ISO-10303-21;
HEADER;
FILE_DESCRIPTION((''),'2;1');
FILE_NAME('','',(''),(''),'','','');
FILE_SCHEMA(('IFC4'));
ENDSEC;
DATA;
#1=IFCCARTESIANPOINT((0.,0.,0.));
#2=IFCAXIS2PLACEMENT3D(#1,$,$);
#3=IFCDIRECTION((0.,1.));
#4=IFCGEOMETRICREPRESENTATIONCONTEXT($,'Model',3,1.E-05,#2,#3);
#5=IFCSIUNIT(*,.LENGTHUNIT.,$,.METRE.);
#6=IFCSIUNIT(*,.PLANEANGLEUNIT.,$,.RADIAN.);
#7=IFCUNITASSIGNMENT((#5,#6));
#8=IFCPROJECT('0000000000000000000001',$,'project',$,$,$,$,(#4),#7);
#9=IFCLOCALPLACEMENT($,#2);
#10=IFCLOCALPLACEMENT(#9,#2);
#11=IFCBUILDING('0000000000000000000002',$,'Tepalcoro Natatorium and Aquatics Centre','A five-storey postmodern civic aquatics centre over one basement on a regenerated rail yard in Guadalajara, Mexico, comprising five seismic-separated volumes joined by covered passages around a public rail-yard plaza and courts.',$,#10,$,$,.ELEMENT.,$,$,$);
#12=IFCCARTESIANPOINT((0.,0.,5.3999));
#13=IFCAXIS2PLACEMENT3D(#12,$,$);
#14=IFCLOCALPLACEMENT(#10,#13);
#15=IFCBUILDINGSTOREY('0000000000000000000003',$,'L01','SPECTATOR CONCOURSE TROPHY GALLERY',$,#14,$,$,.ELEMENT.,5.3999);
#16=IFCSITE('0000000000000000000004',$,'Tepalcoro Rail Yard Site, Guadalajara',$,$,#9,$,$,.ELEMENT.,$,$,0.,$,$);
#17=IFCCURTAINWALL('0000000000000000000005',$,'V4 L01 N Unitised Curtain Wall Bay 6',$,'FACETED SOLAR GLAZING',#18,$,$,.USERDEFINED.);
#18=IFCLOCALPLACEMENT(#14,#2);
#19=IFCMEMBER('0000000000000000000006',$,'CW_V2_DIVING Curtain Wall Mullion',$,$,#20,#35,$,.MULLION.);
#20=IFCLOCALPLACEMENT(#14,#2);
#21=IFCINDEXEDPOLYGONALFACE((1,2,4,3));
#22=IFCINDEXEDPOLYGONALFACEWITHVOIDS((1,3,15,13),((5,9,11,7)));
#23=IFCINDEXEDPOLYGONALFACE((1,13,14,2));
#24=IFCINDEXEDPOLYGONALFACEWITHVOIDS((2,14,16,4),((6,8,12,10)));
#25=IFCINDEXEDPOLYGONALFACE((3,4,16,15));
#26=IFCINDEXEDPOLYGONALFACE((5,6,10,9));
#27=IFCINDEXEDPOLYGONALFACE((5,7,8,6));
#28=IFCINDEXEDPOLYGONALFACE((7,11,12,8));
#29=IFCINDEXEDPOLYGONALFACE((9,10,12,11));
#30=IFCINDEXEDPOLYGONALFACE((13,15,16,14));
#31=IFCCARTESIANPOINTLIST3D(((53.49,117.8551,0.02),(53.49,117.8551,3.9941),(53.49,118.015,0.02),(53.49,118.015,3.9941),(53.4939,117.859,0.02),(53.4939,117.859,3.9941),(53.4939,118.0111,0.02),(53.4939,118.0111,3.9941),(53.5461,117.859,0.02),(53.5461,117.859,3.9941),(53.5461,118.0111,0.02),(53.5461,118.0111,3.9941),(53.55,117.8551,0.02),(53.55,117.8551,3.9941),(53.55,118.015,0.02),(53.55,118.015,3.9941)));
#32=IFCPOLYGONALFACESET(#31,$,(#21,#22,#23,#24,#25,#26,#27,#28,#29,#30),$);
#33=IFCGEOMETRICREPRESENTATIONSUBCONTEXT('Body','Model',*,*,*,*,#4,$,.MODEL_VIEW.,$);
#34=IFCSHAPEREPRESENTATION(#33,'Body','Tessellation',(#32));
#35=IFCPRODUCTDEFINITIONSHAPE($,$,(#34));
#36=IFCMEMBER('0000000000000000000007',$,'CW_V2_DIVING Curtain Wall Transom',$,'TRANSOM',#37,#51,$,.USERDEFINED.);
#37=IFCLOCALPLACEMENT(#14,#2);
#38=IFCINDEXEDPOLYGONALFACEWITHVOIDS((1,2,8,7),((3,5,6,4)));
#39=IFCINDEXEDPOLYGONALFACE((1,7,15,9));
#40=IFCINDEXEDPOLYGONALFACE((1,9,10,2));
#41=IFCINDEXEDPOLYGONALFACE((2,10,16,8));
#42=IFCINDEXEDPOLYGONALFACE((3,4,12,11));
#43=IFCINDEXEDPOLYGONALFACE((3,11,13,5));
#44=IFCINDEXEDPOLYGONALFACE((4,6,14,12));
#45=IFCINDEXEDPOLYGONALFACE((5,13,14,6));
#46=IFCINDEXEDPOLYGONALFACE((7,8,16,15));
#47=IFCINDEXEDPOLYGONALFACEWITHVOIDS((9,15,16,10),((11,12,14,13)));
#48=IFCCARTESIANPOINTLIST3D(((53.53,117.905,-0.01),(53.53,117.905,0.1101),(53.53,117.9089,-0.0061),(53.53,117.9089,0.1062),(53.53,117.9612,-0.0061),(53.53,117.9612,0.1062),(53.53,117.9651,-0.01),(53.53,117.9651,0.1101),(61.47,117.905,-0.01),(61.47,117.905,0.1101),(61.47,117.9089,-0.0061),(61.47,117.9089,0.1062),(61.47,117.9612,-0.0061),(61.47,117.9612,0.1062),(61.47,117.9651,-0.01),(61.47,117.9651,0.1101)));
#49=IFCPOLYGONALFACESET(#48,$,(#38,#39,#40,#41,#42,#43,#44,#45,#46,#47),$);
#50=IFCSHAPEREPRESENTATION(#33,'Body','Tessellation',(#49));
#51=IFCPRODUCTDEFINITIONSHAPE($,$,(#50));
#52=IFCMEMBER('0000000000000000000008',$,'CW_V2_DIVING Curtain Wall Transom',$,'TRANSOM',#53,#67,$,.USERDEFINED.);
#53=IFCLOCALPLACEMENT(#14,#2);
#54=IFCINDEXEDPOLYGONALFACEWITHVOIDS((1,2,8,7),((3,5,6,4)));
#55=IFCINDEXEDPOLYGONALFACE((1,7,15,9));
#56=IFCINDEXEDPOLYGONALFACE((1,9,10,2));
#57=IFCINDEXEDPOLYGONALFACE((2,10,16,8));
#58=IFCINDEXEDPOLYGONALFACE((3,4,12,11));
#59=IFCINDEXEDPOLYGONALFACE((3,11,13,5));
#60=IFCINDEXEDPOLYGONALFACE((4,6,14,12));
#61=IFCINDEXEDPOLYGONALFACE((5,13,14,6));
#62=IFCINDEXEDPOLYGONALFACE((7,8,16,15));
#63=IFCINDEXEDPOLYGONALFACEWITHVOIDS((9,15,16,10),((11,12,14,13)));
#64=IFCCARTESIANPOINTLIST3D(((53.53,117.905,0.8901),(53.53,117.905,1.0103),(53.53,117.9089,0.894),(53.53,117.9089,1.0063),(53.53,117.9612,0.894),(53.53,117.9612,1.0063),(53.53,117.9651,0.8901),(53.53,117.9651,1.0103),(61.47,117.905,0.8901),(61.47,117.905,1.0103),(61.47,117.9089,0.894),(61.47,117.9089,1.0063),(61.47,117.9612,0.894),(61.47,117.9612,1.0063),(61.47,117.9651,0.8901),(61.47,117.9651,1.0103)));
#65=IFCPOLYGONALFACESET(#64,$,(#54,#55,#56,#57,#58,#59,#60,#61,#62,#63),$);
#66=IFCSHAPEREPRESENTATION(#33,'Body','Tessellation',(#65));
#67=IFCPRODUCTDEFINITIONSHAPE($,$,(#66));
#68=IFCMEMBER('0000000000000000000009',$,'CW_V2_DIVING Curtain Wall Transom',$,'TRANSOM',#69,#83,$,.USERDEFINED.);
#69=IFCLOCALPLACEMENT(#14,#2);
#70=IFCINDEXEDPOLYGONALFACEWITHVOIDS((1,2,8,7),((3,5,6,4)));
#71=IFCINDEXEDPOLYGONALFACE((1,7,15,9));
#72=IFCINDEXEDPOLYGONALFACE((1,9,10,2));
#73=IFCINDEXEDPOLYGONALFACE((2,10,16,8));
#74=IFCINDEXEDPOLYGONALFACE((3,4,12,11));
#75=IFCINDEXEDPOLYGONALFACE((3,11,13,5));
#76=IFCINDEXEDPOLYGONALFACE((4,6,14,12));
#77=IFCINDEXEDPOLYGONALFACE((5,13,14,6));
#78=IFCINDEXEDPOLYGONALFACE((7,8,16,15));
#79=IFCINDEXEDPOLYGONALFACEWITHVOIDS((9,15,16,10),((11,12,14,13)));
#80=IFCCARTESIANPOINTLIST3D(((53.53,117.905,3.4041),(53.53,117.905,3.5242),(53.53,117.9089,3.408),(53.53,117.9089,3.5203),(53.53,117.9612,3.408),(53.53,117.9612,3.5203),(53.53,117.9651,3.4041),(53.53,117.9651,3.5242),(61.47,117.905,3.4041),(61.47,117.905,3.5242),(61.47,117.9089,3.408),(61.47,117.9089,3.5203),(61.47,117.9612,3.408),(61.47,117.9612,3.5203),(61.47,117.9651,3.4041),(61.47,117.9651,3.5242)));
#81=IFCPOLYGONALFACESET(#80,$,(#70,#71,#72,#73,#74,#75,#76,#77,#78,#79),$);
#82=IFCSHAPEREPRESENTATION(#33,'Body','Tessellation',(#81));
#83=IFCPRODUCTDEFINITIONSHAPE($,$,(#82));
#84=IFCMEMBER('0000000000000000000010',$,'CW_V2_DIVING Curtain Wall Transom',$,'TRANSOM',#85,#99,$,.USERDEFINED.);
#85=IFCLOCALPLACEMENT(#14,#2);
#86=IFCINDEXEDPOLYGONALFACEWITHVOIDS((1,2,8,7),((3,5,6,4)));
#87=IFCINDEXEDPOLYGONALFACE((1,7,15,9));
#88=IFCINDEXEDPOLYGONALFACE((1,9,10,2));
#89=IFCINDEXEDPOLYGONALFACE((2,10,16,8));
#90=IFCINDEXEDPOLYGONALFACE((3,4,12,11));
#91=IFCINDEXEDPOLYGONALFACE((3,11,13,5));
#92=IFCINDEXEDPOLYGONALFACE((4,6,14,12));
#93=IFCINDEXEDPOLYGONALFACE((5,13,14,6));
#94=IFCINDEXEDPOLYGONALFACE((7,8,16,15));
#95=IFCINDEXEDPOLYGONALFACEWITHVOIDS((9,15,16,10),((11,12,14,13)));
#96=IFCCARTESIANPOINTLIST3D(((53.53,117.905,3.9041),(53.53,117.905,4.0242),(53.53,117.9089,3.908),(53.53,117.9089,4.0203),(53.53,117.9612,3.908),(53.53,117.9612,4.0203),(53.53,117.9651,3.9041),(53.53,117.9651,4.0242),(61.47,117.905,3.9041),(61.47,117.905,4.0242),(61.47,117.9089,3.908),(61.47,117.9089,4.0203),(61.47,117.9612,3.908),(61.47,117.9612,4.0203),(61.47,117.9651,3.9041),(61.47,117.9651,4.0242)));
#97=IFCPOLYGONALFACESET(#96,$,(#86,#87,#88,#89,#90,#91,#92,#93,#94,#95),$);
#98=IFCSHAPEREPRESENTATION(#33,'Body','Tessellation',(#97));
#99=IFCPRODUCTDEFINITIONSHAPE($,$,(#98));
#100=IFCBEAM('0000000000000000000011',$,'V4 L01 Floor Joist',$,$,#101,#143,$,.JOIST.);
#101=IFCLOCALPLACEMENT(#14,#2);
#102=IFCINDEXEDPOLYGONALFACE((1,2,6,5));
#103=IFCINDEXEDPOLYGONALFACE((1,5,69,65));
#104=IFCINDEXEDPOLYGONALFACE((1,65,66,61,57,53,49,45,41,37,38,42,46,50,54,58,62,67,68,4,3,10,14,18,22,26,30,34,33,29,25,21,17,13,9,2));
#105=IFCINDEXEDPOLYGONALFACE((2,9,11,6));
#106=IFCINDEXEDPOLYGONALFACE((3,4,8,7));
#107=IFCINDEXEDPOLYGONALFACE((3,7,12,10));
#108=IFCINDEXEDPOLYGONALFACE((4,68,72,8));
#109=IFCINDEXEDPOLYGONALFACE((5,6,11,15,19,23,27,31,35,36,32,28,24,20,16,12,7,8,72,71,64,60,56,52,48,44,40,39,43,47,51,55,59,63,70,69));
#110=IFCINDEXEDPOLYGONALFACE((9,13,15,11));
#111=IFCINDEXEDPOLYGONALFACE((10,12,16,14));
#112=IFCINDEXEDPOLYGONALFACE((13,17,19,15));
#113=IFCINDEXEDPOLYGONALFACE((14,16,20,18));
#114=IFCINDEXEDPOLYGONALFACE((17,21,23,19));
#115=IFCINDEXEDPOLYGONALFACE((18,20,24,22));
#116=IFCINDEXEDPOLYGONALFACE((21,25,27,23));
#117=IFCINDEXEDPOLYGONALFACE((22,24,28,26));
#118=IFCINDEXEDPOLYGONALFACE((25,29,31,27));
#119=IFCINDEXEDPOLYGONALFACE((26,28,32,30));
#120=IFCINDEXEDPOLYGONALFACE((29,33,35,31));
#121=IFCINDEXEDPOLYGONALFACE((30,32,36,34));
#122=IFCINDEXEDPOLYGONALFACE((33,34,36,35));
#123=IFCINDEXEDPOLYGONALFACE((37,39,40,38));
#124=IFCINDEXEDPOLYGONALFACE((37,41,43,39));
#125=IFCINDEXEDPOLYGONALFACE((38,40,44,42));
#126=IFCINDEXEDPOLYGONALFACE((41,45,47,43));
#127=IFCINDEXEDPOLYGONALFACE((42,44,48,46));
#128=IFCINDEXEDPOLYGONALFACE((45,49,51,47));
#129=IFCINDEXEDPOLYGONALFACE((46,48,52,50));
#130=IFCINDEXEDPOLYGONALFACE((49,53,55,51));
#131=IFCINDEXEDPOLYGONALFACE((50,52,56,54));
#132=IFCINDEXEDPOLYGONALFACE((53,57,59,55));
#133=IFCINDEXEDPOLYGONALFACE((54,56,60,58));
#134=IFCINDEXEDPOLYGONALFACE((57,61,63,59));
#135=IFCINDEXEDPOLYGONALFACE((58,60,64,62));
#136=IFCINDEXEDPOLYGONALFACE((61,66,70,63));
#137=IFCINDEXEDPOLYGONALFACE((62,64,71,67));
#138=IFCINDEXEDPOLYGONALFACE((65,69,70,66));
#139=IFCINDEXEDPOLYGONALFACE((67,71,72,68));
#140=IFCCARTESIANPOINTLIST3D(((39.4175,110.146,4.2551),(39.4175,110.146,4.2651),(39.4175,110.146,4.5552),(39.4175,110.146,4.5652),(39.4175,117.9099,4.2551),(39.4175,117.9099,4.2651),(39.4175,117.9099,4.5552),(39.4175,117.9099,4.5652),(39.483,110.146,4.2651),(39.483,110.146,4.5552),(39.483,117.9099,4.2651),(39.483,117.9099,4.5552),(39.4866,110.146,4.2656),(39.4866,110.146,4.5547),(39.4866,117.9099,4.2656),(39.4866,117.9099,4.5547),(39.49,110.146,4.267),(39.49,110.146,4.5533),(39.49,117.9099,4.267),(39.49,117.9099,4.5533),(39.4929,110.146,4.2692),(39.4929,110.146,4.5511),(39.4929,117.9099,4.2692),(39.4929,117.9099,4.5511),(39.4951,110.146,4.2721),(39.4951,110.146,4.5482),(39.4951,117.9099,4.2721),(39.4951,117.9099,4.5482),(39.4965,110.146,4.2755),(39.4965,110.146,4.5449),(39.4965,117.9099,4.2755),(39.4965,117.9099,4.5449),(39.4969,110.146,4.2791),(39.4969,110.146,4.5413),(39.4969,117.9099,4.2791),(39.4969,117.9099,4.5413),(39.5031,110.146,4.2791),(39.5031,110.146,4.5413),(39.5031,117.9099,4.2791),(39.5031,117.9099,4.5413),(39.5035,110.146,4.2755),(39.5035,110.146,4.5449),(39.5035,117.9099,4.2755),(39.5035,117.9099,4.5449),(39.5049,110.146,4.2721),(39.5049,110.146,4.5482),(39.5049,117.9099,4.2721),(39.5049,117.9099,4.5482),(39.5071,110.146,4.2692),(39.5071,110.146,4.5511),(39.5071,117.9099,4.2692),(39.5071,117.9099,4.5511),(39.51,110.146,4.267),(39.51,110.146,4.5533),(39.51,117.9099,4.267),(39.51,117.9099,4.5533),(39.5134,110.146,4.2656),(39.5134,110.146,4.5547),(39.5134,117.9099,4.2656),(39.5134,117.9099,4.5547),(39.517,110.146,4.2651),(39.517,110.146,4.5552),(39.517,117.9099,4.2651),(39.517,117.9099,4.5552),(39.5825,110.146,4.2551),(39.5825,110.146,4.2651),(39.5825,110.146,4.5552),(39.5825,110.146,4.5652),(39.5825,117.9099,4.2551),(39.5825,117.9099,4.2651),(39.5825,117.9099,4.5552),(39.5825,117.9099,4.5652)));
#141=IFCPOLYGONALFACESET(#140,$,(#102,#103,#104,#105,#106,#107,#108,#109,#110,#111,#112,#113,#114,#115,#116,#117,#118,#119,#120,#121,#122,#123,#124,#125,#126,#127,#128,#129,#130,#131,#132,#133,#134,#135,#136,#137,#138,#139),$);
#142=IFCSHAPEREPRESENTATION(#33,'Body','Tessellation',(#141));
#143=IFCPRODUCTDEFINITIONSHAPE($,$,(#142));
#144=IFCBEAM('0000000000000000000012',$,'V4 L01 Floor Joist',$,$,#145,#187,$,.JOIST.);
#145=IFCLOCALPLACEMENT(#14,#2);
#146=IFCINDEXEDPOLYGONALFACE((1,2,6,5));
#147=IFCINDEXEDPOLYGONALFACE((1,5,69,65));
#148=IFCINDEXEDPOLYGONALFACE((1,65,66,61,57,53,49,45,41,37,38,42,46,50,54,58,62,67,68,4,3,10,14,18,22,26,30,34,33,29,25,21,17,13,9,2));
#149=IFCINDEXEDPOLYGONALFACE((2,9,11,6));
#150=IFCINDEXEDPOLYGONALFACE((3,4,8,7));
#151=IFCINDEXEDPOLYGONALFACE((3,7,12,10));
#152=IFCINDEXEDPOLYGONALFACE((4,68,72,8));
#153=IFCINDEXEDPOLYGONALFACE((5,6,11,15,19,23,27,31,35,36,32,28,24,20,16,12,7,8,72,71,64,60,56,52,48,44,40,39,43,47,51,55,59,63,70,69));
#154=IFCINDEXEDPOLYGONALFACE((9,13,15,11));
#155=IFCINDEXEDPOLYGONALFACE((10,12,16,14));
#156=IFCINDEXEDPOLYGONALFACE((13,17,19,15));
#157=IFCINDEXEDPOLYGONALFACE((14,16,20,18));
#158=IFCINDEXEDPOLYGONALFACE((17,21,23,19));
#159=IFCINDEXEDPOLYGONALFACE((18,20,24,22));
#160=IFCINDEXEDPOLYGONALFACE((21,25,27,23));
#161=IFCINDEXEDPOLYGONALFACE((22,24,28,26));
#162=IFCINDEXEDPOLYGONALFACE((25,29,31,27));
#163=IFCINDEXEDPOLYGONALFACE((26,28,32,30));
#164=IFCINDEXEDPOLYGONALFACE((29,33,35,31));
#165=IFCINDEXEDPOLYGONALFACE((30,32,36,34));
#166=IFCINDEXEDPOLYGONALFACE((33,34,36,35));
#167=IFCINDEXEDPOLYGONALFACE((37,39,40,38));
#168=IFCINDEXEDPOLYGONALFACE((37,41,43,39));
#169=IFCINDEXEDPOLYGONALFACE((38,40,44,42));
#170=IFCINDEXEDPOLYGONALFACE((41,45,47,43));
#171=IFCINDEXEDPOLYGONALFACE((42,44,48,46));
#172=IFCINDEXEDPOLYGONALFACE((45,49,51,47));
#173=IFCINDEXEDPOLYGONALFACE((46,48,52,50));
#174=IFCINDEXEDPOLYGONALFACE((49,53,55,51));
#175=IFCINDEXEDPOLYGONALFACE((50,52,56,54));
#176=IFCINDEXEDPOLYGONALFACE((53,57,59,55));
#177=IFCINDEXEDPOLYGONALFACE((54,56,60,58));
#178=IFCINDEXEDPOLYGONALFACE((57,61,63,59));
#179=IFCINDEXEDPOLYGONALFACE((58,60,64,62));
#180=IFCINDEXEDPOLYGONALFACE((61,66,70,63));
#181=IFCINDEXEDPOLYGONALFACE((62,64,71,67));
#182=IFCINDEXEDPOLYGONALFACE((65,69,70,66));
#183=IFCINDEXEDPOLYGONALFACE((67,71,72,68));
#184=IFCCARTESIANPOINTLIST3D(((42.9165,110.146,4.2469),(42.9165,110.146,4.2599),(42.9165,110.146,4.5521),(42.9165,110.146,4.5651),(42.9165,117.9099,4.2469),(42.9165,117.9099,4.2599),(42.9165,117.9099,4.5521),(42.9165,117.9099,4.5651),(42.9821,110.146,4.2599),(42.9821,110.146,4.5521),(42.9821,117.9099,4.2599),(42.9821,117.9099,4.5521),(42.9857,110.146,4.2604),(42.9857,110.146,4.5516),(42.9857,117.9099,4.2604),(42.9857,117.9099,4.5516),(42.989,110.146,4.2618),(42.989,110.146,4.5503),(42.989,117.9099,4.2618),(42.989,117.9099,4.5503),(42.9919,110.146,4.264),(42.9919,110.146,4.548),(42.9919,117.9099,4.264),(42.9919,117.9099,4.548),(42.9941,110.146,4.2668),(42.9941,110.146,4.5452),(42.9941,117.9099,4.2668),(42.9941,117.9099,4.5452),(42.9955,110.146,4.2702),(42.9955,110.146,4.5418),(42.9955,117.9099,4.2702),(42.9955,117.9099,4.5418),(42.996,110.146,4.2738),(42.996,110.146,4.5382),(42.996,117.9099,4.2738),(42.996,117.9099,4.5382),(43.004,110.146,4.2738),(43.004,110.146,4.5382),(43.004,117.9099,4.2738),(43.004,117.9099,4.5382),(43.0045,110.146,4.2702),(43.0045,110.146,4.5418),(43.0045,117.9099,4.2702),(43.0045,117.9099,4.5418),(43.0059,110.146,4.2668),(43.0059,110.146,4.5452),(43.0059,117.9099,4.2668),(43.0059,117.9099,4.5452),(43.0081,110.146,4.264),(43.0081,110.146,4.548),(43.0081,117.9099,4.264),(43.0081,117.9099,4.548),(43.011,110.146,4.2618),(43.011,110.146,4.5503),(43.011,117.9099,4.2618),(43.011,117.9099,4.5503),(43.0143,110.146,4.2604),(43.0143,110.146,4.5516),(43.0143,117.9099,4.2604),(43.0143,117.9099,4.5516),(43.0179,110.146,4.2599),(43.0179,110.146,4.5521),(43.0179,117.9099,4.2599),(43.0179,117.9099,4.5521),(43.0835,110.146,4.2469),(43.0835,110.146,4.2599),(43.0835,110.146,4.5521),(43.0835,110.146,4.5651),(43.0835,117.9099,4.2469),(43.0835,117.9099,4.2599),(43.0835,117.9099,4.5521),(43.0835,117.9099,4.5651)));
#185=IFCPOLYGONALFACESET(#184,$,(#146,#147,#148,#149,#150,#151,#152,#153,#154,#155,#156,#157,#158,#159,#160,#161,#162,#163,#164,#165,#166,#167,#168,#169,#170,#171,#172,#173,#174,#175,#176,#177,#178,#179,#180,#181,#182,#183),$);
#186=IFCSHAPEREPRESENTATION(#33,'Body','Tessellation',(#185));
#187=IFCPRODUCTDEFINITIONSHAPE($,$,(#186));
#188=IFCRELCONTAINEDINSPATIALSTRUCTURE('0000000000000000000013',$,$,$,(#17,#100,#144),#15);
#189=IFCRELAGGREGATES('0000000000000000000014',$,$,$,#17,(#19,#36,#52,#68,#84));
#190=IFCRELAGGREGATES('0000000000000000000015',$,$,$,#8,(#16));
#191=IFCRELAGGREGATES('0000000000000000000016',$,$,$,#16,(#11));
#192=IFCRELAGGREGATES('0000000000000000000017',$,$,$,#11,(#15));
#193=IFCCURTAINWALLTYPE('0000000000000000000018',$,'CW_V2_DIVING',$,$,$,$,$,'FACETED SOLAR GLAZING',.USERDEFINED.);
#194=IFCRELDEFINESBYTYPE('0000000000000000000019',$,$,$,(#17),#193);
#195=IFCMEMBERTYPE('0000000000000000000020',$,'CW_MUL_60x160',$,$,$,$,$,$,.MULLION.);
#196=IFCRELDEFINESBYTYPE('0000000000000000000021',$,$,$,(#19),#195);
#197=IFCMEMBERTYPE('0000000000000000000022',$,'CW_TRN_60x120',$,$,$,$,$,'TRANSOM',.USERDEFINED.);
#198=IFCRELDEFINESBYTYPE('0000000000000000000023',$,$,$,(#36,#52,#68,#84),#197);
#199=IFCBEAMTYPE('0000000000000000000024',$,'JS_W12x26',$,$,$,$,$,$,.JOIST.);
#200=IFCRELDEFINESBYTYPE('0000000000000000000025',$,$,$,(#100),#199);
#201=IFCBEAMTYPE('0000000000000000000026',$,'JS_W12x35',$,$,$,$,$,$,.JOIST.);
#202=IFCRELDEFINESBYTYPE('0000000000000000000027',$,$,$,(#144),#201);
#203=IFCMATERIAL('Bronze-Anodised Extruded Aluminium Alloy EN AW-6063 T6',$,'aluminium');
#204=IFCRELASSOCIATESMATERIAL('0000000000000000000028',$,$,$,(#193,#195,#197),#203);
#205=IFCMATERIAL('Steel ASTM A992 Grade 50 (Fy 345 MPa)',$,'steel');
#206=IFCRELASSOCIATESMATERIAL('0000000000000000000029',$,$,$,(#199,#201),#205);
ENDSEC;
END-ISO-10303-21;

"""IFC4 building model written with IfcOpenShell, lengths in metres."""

from ifc_helpers import new_model, si_unit, direction, frame, origin, origin_2d, place, context, subcontext, project, spatial, hollow_rectangle, i_section, extrude, material, material_profile, profile_set, type_object, element, aggregate, save


model = new_model("IFC4")

# Units and contexts
model_context = context("Model", 3, precision=1e-05, world=origin(), true_north=direction((0.0, 1.0)))
body_context = subcontext(model_context, "Body", "Model", "MODEL_VIEW")
ifc_project = project(units=[si_unit("LENGTHUNIT", "METRE"), si_unit("PLANEANGLEUNIT", "RADIAN")], contexts=[model_context])

# Site, building, storey
site_placement = place(None, origin())
site = spatial("IfcSite", under=ifc_project, at=site_placement, Name="Tepalcoro Rail Yard Site, Guadalajara", CompositionType="ELEMENT", RefElevation=0.0)
building_placement = place(site_placement, origin())
building = spatial("IfcBuilding", under=site, at=building_placement, Name="Tepalcoro Natatorium and Aquatics Centre", Description="A five-storey postmodern civic aquatics centre over one basement on a regenerated rail yard in Guadalajara, Mexico, comprising five seismic-separated volumes joined by covered passages around a public rail-yard plaza and courts.", CompositionType="ELEMENT")
storey_placement = place(building_placement, frame((0.0, 0.0, 5.3999)))
storey = spatial("IfcBuildingStorey", under=building, at=storey_placement, Name="L01", Description="SPECTATOR CONCOURSE TROPHY GALLERY", CompositionType="ELEMENT", Elevation=5.3999)

# Shared definitions
ifc_material_1 = material(Name="Steel ASTM A992 Grade 50 (Fy 345 MPa)", Category="steel")

# Curtain wall, members
ifc_material_2 = material(Name="Bronze-Anodised Extruded Aluminium Alloy EN AW-6063 T6", Category="aluminium")
curtain_wall_type = type_object("IfcCurtainWallType", Name="CW_V2_DIVING", ElementType="FACETED SOLAR GLAZING", PredefinedType="USERDEFINED", material=ifc_material_2)
curtain_wall_placement = place(storey_placement, origin())
curtain_wall = element("IfcCurtainWall", 1, at=curtain_wall_placement, inside=storey, type_object=curtain_wall_type, Name="V4 L01 N Unitised Curtain Wall Bay 6", ObjectType="FACETED SOLAR GLAZING", PredefinedType="USERDEFINED")
ifc_material_profile_1 = material_profile(ifc_material_2, hollow_rectangle(XDim=0.0601, YDim=0.1599, WallThickness=0.0039, at=origin_2d()), Name="AL60X160X4")
ifc_profile_set_1 = profile_set([ifc_material_profile_1], Name="Bronze-Anodised Extruded Aluminium Alloy EN AW-6063 T6")
member_type_1 = type_object("IfcMemberType", Name="CW_MUL_60x160", PredefinedType="MULLION", material=ifc_profile_set_1)
member_1_placement = place(storey_placement, frame((53.52, 117.9351, 0.02), z_axis=(0.0, 0.0, 1.0), x_axis=(1.0, 0.0, 0.0)))
member_1 = element("IfcMember", 2, at=member_1_placement, type_object=member_type_1, Name="CW_V2_DIVING Curtain Wall Mullion", PredefinedType="MULLION", context=body_context, shape_type="SweptSolid", body=[
    extrude(hollow_rectangle(XDim=0.0601, YDim=0.1599, WallThickness=0.0039, at=origin_2d()), origin(), (0.0, 0.0, 1.0), 3.9741),
])
ifc_material_profile_2 = material_profile(ifc_material_2, hollow_rectangle(XDim=0.0601, YDim=0.1201, WallThickness=0.0039, at=origin_2d()), Name="AL60X120X4")
ifc_profile_set_2 = profile_set([ifc_material_profile_2], Name="Bronze-Anodised Extruded Aluminium Alloy EN AW-6063 T6")
member_type_2 = type_object("IfcMemberType", Name="CW_TRN_60x120", ElementType="TRANSOM", PredefinedType="USERDEFINED", material=ifc_profile_set_2)
member_2_placement = place(storey_placement, frame((53.53, 117.9351, 0.05), z_axis=(1.0, 0.0, 0.0), x_axis=(0.0, 1.0, 0.0)))
member_2 = element("IfcMember", 3, at=member_2_placement, type_object=member_type_2, Name="CW_V2_DIVING Curtain Wall Transom", ObjectType="TRANSOM", PredefinedType="USERDEFINED", context=body_context, shape_type="SweptSolid", body=[
    extrude(hollow_rectangle(XDim=0.0601, YDim=0.1201, WallThickness=0.0039, at=origin_2d()), origin(), (0.0, 0.0, 1.0), 7.9399),
])
member_3_placement = place(storey_placement, frame((53.53, 117.9351, 0.9502), z_axis=(1.0, 0.0, 0.0), x_axis=(0.0, 1.0, 0.0)))
member_3 = element("IfcMember", 4, at=member_3_placement, type_object=member_type_2, Name="CW_V2_DIVING Curtain Wall Transom", ObjectType="TRANSOM", PredefinedType="USERDEFINED", context=body_context, shape_type="SweptSolid", body=[
    extrude(hollow_rectangle(XDim=0.0601, YDim=0.1201, WallThickness=0.0039, at=origin_2d()), origin(), (0.0, 0.0, 1.0), 7.9399),
])
member_4_placement = place(storey_placement, frame((53.53, 117.9351, 3.4641), z_axis=(1.0, 0.0, 0.0), x_axis=(0.0, 1.0, 0.0)))
member_4 = element("IfcMember", 5, at=member_4_placement, type_object=member_type_2, Name="CW_V2_DIVING Curtain Wall Transom", ObjectType="TRANSOM", PredefinedType="USERDEFINED", context=body_context, shape_type="SweptSolid", body=[
    extrude(hollow_rectangle(XDim=0.0601, YDim=0.1201, WallThickness=0.0039, at=origin_2d()), origin(), (0.0, 0.0, 1.0), 7.9399),
])
member_5_placement = place(storey_placement, frame((53.53, 117.9351, 3.9641), z_axis=(1.0, 0.0, 0.0), x_axis=(0.0, 1.0, 0.0)))
member_5 = element("IfcMember", 6, at=member_5_placement, type_object=member_type_2, Name="CW_V2_DIVING Curtain Wall Transom", ObjectType="TRANSOM", PredefinedType="USERDEFINED", context=body_context, shape_type="SweptSolid", body=[
    extrude(hollow_rectangle(XDim=0.0601, YDim=0.1201, WallThickness=0.0039, at=origin_2d()), origin(), (0.0, 0.0, 1.0), 7.9399),
])

# Beams
ifc_material_profile_3 = material_profile(ifc_material_1, i_section(OverallWidth=0.165, OverallDepth=0.3101, WebThickness=0.0061, FlangeThickness=0.01, FilletRadius=0.0139, at=origin_2d()), Name="W12X26")
ifc_profile_set_3 = profile_set([ifc_material_profile_3], Name="Steel ASTM A992 Grade 50 (Fy 345 MPa)")
beam_type_1 = type_object("IfcBeamType", Name="JS_W12x26", PredefinedType="JOIST", material=ifc_profile_set_3)
beam_1_placement = place(storey_placement, frame((39.5, 110.146, 4.4102), z_axis=(0.0, 1.0, 0.0), x_axis=(-1.0, 0.0, 0.0)))
element("IfcBeam", 7, at=beam_1_placement, inside=storey, type_object=beam_type_1, Name="V4 L01 Floor Joist", PredefinedType="JOIST", context=body_context, shape_type="SweptSolid", body=[
    extrude(i_section(OverallWidth=0.165, OverallDepth=0.3101, WebThickness=0.0061, FlangeThickness=0.01, FilletRadius=0.0139, at=origin_2d()), origin(), (0.0, 0.0, 1.0), 7.7639),
])
ifc_material_profile_4 = material_profile(ifc_material_1, i_section(OverallWidth=0.167, OverallDepth=0.3181, WebThickness=0.0081, FlangeThickness=0.0129, FilletRadius=0.0139, at=origin_2d()), Name="W12X35")
ifc_profile_set_4 = profile_set([ifc_material_profile_4], Name="Steel ASTM A992 Grade 50 (Fy 345 MPa)")
beam_type_2 = type_object("IfcBeamType", Name="JS_W12x35", PredefinedType="JOIST", material=ifc_profile_set_4)
beam_2_placement = place(storey_placement, frame((43.0, 110.146, 4.406), z_axis=(0.0, 1.0, 0.0), x_axis=(-1.0, 0.0, 0.0)))
element("IfcBeam", 8, at=beam_2_placement, inside=storey, type_object=beam_type_2, Name="V4 L01 Floor Joist", PredefinedType="JOIST", context=body_context, shape_type="SweptSolid", body=[
    extrude(i_section(OverallWidth=0.167, OverallDepth=0.3181, WebThickness=0.0081, FlangeThickness=0.0129, FilletRadius=0.0139, at=origin_2d()), origin(), (0.0, 0.0, 1.0), 7.7639),
])

aggregate(curtain_wall, [member_1, member_2, member_3, member_4, member_5])

save(model, "model.ifc")
